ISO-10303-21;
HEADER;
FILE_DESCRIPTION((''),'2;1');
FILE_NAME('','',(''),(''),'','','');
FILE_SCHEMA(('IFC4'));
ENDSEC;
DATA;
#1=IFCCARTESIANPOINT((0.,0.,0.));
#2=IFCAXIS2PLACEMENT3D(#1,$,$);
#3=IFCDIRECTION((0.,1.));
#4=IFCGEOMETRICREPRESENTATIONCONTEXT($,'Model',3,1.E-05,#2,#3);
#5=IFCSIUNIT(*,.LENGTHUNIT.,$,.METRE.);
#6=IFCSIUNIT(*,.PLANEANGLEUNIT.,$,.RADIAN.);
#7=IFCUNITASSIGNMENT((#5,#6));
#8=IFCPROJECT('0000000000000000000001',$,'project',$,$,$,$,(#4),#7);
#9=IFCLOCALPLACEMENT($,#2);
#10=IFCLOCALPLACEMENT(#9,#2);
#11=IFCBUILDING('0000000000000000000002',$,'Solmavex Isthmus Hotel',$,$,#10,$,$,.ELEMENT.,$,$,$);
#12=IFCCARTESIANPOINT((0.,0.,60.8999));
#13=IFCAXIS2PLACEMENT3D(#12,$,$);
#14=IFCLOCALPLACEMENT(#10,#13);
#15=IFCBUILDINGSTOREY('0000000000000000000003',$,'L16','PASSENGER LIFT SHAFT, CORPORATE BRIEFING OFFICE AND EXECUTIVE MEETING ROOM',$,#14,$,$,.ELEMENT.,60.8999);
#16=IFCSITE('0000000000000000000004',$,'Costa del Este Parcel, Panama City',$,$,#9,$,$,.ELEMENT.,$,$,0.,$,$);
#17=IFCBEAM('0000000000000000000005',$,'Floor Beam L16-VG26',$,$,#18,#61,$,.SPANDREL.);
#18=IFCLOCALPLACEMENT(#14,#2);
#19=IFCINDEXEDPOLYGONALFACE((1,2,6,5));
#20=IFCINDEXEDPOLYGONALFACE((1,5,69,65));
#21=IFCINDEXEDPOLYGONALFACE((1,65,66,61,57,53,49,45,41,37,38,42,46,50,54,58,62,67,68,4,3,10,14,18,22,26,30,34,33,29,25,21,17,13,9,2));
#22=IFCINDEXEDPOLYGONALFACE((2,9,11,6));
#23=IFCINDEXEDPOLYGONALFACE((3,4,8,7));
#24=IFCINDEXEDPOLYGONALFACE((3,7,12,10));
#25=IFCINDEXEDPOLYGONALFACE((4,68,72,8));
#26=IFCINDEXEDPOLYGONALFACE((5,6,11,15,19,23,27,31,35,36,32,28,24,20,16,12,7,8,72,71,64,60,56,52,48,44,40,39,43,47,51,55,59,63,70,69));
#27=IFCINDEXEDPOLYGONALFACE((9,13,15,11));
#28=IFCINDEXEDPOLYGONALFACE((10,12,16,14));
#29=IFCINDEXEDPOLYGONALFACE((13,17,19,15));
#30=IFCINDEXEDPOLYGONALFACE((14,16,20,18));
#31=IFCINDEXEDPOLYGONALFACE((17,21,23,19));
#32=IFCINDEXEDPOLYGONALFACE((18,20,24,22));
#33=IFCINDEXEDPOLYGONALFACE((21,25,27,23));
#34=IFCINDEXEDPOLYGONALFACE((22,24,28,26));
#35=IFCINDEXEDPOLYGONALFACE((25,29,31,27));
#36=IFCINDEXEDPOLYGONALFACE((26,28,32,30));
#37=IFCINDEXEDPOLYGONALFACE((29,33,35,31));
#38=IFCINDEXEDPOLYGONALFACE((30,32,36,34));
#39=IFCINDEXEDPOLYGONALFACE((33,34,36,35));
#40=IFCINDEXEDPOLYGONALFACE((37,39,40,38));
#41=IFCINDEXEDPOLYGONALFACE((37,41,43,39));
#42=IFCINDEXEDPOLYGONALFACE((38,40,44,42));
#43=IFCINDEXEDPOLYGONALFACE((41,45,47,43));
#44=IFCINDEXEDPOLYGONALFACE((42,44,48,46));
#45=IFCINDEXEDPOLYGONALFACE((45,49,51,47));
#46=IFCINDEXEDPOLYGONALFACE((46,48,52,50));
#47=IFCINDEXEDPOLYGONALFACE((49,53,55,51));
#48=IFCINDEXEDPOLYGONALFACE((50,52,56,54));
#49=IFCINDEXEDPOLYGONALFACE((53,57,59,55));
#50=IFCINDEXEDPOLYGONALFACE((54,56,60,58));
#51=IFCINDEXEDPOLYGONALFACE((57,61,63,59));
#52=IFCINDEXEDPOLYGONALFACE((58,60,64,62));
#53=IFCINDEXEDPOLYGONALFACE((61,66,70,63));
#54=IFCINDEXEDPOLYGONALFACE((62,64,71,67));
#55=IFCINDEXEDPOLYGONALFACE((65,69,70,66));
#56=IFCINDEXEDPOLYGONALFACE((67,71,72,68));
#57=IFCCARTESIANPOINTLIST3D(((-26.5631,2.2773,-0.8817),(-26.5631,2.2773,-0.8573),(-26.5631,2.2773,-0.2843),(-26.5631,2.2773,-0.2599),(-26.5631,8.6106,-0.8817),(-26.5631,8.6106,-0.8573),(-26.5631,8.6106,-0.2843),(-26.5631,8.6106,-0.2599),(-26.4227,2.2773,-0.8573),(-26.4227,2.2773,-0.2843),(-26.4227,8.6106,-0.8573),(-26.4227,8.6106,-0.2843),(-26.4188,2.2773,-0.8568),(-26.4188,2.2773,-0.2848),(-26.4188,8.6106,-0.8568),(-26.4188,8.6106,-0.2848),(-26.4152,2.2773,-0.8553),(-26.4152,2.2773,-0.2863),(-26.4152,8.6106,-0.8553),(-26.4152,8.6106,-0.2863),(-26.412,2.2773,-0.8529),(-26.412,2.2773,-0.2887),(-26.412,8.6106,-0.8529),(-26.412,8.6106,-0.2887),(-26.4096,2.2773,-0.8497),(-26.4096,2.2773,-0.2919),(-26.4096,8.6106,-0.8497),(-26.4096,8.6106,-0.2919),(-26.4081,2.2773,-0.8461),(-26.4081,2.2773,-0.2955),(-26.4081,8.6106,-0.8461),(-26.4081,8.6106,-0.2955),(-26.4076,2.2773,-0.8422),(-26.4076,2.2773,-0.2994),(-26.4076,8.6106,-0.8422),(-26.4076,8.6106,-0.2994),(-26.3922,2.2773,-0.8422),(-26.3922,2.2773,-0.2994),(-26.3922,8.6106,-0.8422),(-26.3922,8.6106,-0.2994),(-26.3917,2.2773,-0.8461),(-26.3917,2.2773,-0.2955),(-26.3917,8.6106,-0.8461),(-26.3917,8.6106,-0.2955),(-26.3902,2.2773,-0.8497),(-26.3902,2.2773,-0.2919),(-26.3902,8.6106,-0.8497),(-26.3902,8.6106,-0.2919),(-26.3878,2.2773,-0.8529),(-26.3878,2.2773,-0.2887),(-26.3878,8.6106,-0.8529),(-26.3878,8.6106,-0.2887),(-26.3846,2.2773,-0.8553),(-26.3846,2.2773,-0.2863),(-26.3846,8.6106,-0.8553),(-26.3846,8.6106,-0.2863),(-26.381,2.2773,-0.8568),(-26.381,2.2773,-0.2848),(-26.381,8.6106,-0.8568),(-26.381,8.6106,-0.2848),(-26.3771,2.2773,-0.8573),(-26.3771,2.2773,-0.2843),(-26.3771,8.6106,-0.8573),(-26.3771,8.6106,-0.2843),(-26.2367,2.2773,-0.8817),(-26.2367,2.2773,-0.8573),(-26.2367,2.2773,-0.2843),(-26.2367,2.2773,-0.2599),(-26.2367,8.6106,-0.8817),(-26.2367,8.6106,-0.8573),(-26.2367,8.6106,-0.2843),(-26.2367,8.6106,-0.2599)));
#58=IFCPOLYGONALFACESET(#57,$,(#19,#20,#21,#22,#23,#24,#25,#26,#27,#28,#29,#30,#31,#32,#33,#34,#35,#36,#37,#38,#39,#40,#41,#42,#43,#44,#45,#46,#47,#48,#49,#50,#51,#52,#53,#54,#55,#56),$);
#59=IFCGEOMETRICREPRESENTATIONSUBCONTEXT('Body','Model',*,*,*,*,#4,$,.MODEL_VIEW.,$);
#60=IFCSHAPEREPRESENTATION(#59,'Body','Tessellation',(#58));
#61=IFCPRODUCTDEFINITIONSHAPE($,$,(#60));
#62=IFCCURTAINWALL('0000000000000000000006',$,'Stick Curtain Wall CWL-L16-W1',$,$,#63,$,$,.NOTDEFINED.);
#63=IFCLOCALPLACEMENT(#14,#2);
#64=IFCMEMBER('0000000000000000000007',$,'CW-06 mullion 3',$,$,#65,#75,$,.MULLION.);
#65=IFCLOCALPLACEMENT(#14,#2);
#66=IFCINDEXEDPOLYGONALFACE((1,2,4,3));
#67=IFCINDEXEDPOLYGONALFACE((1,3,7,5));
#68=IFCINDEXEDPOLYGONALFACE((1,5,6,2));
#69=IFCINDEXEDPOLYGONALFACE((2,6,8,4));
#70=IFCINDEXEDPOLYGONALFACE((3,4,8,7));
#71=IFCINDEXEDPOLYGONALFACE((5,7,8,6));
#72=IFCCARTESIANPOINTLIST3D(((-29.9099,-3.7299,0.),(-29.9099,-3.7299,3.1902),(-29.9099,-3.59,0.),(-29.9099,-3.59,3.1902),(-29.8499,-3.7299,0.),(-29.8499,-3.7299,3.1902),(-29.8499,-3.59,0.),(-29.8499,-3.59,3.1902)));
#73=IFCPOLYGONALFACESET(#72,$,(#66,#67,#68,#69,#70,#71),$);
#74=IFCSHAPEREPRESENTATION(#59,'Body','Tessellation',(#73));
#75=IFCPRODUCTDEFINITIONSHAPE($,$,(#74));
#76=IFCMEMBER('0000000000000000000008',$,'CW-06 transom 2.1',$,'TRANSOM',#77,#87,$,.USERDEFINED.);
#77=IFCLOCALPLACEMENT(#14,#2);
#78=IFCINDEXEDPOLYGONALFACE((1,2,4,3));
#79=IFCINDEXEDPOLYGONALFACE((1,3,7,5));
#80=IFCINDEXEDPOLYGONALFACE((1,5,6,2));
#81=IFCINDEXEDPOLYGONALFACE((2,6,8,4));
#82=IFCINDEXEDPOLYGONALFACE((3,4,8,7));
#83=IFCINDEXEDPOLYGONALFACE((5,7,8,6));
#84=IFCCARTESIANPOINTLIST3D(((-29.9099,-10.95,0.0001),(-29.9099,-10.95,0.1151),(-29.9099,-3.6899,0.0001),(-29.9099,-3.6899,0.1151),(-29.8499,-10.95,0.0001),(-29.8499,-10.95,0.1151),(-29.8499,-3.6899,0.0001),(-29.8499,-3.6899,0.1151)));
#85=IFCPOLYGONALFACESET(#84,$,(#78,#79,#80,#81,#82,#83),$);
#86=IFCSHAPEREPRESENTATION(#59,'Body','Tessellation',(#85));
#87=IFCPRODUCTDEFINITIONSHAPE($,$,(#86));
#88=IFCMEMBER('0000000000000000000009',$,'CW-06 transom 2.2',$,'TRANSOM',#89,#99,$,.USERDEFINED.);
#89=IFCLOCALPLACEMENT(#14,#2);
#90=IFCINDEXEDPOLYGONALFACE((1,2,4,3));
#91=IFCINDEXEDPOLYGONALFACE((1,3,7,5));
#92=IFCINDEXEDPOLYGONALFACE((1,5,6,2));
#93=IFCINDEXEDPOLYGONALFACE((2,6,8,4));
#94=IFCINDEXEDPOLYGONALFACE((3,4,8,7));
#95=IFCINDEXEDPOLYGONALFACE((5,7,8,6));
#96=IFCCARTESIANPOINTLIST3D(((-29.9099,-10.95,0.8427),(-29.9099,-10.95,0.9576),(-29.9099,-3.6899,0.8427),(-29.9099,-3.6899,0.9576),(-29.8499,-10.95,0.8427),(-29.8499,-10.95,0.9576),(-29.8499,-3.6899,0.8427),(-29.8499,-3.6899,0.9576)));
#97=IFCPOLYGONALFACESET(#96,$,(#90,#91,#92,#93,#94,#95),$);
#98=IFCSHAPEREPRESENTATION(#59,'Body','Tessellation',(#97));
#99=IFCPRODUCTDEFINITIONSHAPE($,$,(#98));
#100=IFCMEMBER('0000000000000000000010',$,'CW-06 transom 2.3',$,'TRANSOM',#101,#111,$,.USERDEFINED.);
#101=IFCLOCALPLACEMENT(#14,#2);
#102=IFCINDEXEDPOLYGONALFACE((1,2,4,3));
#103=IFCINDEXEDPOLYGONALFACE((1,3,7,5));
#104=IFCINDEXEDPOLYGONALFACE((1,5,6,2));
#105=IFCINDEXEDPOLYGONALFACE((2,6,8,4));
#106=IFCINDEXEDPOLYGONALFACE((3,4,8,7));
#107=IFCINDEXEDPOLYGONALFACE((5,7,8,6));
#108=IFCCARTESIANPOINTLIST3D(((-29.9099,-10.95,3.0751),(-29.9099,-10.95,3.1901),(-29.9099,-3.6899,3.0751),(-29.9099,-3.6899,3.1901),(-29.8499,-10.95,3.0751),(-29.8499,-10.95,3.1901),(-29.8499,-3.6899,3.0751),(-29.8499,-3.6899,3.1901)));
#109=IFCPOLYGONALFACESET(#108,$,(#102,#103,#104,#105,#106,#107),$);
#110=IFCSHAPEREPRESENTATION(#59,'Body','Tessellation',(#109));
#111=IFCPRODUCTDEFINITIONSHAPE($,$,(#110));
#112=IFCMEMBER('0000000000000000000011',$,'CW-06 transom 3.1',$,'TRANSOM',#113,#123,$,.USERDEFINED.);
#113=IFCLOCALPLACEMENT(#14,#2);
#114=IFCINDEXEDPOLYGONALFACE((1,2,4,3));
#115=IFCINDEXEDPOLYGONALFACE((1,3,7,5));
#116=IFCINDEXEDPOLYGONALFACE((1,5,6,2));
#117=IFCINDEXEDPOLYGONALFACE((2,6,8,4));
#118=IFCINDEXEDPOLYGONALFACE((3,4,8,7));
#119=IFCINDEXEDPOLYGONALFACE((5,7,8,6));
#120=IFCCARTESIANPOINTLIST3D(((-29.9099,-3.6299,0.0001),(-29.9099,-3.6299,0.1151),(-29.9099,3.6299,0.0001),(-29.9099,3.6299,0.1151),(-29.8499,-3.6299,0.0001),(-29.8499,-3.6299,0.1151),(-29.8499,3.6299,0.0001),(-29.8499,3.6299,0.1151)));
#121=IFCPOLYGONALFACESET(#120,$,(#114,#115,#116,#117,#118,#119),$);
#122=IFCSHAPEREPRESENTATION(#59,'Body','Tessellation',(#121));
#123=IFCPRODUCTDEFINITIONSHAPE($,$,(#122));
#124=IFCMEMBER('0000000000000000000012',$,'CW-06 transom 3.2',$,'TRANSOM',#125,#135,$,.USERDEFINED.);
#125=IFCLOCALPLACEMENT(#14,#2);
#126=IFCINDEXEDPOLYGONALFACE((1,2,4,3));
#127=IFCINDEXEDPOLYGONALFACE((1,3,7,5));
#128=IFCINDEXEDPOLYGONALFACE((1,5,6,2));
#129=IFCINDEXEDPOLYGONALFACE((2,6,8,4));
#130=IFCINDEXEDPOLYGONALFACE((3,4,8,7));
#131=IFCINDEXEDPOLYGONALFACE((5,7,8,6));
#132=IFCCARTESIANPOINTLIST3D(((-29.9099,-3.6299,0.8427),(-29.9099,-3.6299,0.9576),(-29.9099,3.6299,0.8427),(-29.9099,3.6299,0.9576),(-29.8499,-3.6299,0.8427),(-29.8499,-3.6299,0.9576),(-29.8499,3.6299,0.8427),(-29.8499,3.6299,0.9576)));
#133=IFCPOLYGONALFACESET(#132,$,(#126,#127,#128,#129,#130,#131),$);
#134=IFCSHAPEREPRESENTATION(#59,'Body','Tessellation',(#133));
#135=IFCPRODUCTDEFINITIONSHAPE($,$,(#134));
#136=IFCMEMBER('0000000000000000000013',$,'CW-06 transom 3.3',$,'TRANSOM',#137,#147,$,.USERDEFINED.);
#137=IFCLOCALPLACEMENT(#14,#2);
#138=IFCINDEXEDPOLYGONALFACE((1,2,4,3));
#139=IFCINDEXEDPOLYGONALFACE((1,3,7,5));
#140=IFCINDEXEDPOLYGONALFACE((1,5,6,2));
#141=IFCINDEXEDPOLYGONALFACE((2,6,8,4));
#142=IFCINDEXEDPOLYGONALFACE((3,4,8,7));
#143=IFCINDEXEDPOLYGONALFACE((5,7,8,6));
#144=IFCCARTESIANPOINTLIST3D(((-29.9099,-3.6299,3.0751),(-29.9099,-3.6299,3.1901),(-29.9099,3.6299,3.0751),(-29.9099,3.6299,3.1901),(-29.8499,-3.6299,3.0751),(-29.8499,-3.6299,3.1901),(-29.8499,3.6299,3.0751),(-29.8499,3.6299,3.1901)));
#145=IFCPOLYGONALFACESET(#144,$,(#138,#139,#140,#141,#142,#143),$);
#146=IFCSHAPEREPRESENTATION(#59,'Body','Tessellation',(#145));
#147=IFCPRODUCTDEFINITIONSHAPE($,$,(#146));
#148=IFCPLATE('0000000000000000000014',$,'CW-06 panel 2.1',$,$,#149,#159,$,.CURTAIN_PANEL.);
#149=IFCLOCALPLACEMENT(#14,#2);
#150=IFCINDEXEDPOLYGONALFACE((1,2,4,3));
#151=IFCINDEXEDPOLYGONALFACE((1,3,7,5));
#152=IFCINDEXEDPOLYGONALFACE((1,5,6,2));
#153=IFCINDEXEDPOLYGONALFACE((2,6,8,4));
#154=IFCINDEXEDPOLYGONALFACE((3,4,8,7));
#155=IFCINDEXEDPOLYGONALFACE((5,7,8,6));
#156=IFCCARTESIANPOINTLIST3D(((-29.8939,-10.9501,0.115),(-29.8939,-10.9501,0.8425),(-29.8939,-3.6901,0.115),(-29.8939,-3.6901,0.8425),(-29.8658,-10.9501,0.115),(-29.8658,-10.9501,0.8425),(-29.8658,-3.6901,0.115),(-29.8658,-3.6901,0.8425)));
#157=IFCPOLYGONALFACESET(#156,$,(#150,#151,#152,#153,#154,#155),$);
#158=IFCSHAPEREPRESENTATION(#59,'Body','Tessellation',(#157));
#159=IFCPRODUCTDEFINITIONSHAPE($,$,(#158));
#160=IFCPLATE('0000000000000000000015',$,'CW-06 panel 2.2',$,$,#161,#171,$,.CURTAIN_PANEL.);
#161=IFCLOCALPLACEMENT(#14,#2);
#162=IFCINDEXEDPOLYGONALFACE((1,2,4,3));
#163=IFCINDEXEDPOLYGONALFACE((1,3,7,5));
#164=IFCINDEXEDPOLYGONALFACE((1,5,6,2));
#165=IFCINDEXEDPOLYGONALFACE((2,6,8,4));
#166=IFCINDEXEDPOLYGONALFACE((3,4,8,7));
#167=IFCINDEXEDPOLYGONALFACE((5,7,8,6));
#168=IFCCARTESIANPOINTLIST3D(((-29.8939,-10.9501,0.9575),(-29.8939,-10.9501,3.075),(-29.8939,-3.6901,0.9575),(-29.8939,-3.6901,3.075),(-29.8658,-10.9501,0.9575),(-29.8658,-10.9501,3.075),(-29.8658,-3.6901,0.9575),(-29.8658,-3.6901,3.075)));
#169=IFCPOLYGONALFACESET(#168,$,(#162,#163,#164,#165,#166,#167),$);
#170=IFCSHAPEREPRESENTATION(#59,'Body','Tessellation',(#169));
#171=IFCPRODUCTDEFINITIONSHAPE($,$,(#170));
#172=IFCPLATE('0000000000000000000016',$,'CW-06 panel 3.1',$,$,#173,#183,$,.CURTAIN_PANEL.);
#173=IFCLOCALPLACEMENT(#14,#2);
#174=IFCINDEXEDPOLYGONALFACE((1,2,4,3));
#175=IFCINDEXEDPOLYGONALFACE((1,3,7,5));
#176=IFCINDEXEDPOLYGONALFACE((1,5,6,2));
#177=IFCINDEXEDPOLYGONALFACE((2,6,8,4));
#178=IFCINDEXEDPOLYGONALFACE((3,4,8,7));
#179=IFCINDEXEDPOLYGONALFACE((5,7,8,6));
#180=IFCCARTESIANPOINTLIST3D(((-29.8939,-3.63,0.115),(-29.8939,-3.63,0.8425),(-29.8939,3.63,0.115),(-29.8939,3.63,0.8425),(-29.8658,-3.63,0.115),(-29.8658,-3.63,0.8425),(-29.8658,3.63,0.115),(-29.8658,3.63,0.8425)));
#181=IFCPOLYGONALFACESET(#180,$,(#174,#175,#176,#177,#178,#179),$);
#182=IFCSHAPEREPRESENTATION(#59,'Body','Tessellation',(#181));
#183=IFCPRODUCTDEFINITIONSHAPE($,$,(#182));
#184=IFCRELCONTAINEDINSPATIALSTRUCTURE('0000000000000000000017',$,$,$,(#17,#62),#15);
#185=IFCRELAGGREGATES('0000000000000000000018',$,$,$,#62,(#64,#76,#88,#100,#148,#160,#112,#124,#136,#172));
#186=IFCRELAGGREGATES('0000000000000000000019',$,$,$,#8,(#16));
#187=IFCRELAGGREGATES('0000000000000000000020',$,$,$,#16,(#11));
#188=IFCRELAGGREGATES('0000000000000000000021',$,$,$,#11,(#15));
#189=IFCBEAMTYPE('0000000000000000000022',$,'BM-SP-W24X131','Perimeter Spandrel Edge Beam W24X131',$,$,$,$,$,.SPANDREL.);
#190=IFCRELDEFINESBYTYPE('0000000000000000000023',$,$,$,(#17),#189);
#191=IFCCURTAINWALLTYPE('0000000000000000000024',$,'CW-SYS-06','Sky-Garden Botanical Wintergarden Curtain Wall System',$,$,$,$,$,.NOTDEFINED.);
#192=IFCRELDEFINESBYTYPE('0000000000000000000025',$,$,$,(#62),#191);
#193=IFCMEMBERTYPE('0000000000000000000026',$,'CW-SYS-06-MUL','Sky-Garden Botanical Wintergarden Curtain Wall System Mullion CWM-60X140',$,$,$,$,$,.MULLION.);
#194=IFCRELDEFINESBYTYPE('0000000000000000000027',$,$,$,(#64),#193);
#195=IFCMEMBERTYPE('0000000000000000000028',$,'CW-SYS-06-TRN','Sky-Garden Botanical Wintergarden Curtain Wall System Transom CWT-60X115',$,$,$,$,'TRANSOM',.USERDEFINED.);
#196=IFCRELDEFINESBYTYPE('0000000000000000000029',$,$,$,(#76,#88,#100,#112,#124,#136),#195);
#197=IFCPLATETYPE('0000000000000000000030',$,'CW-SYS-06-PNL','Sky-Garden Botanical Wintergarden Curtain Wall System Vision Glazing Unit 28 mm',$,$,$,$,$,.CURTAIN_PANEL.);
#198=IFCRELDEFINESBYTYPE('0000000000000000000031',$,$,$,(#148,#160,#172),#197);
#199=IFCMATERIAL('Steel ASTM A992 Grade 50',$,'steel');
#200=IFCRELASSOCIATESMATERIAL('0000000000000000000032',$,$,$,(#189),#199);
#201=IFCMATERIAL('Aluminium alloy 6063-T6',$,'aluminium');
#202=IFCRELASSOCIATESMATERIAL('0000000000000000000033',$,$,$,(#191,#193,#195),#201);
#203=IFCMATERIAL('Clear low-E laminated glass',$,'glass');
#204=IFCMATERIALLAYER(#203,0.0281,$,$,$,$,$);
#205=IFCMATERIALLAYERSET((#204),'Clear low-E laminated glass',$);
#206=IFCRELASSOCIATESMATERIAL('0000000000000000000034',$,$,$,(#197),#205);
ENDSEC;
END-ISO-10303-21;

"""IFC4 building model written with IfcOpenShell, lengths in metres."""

from ifc_helpers import new_model, si_unit, direction, frame, origin, origin_2d, place, context, subcontext, project, spatial, rectangle, i_section, extrude, material, layer, layer_set, material_profile, profile_set, type_object, element, aggregate, save


model = new_model("IFC4")

# Units and contexts
model_context = context("Model", 3, precision=1e-05, world=origin(), true_north=direction((0.0, 1.0)))
body_context = subcontext(model_context, "Body", "Model", "MODEL_VIEW")
ifc_project = project(units=[si_unit("LENGTHUNIT", "METRE"), si_unit("PLANEANGLEUNIT", "RADIAN")], contexts=[model_context])

# Site, building, storey
site_placement = place(None, origin())
site = spatial("IfcSite", under=ifc_project, at=site_placement, Name="Costa del Este Parcel, Panama City", CompositionType="ELEMENT", RefElevation=0.0)
building_placement = place(site_placement, origin())
building = spatial("IfcBuilding", under=site, at=building_placement, Name="Solmavex Isthmus Hotel", CompositionType="ELEMENT")
storey_placement = place(building_placement, frame((0.0, 0.0, 60.8999)))
storey = spatial("IfcBuildingStorey", under=building, at=storey_placement, Name="L16", Description="PASSENGER LIFT SHAFT, CORPORATE BRIEFING OFFICE AND EXECUTIVE MEETING ROOM", CompositionType="ELEMENT", Elevation=60.8999)

# Beam
ifc_material_1 = material(Name="Steel ASTM A992 Grade 50", Category="steel")
ifc_material_profile_1 = material_profile(ifc_material_1, i_section(OverallWidth=0.3264, OverallDepth=0.6218, WebThickness=0.0154, FlangeThickness=0.0244, FilletRadius=0.0151, at=origin_2d()), Name="W24X131")
ifc_profile_set_1 = profile_set([ifc_material_profile_1], Name="Steel ASTM A992 Grade 50")
beam_type_1 = type_object("IfcBeamType", Name="BM-SP-W24X131", Description="Perimeter Spandrel Edge Beam W24X131", PredefinedType="SPANDREL", material=ifc_profile_set_1)
beam_1_placement = place(storey_placement, frame((-26.3999, 2.2773, -0.5708), z_axis=(0.0, 1.0, 0.0), x_axis=(-1.0, 0.0, 0.0)))
element("IfcBeam", 1, at=beam_1_placement, inside=storey, type_object=beam_type_1, Name="Floor Beam L16-VG26", PredefinedType="SPANDREL", context=body_context, shape_type="SweptSolid", body=[
    extrude(i_section(OverallWidth=0.3264, OverallDepth=0.6218, WebThickness=0.0154, FlangeThickness=0.0244, FilletRadius=0.0151, at=origin_2d()), origin(), (0.0, 0.0, 1.0), 6.3333),
])

# Curtain wall, members, plates
ifc_material_2 = material(Name="Aluminium alloy 6063-T6", Category="aluminium")
curtain_wall_type = type_object("IfcCurtainWallType", Name="CW-SYS-06", Description="Sky-Garden Botanical Wintergarden Curtain Wall System", PredefinedType="NOTDEFINED", material=ifc_material_2)
curtain_wall_placement = place(storey_placement, origin())
curtain_wall = element("IfcCurtainWall", 2, at=curtain_wall_placement, inside=storey, type_object=curtain_wall_type, Name="Stick Curtain Wall CWL-L16-W1", PredefinedType="NOTDEFINED")
ifc_material_profile_2 = material_profile(ifc_material_2, rectangle(XDim=0.0601, YDim=0.1399, at=origin_2d()), Name="CWM-60X140")
ifc_profile_set_2 = profile_set([ifc_material_profile_2], Name="Aluminium alloy 6063-T6")
member_type_1 = type_object("IfcMemberType", Name="CW-SYS-06-MUL", Description="Sky-Garden Botanical Wintergarden Curtain Wall System Mullion CWM-60X140", PredefinedType="MULLION", material=ifc_profile_set_2)
member_1_placement = place(storey_placement, frame((-29.8799, -3.6599, 0.0), z_axis=(0.0, 0.0, 1.0), x_axis=(-1.0, 0.0, 0.0)))
member_1 = element("IfcMember", 3, at=member_1_placement, type_object=member_type_1, Name="CW-06 mullion 3", PredefinedType="MULLION", context=body_context, shape_type="SweptSolid", body=[
    extrude(rectangle(XDim=0.0601, YDim=0.1399, at=origin_2d()), origin(), (0.0, 0.0, 1.0), 3.1902),
])
ifc_material_profile_3 = material_profile(ifc_material_2, rectangle(XDim=0.0601, YDim=0.115, at=origin_2d()), Name="CWT-60X115")
ifc_profile_set_3 = profile_set([ifc_material_profile_3], Name="Aluminium alloy 6063-T6")
member_type_2 = type_object("IfcMemberType", Name="CW-SYS-06-TRN", Description="Sky-Garden Botanical Wintergarden Curtain Wall System Transom CWT-60X115", ElementType="TRANSOM", PredefinedType="USERDEFINED", material=ifc_profile_set_3)
member_2_placement = place(storey_placement, frame((-29.8799, -10.95, 0.0576), z_axis=(0.0, 1.0, 0.0), x_axis=(-1.0, 0.0, 0.0)))
member_2 = element("IfcMember", 4, at=member_2_placement, type_object=member_type_2, Name="CW-06 transom 2.1", ObjectType="TRANSOM", PredefinedType="USERDEFINED", context=body_context, shape_type="SweptSolid", body=[
    extrude(rectangle(XDim=0.0601, YDim=0.115, at=origin_2d()), origin(), (0.0, 0.0, 1.0), 7.26),
])
member_3_placement = place(storey_placement, frame((-29.8799, -10.95, 0.9001), z_axis=(0.0, 1.0, 0.0), x_axis=(-1.0, 0.0, 0.0)))
member_3 = element("IfcMember", 5, at=member_3_placement, type_object=member_type_2, Name="CW-06 transom 2.2", ObjectType="TRANSOM", PredefinedType="USERDEFINED", context=body_context, shape_type="SweptSolid", body=[
    extrude(rectangle(XDim=0.0601, YDim=0.115, at=origin_2d()), origin(), (0.0, 0.0, 1.0), 7.26),
])
member_4_placement = place(storey_placement, frame((-29.8799, -10.95, 3.1326), z_axis=(0.0, 1.0, 0.0), x_axis=(-1.0, 0.0, 0.0)))
member_4 = element("IfcMember", 6, at=member_4_placement, type_object=member_type_2, Name="CW-06 transom 2.3", ObjectType="TRANSOM", PredefinedType="USERDEFINED", context=body_context, shape_type="SweptSolid", body=[
    extrude(rectangle(XDim=0.0601, YDim=0.115, at=origin_2d()), origin(), (0.0, 0.0, 1.0), 7.26),
])
member_5_placement = place(storey_placement, frame((-29.8799, -3.6299, 0.0576), z_axis=(0.0, 1.0, 0.0), x_axis=(-1.0, 0.0, 0.0)))
member_5 = element("IfcMember", 7, at=member_5_placement, type_object=member_type_2, Name="CW-06 transom 3.1", ObjectType="TRANSOM", PredefinedType="USERDEFINED", context=body_context, shape_type="SweptSolid", body=[
    extrude(rectangle(XDim=0.0601, YDim=0.115, at=origin_2d()), origin(), (0.0, 0.0, 1.0), 7.2598),
])
member_6_placement = place(storey_placement, frame((-29.8799, -3.6299, 0.9001), z_axis=(0.0, 1.0, 0.0), x_axis=(-1.0, 0.0, 0.0)))
member_6 = element("IfcMember", 8, at=member_6_placement, type_object=member_type_2, Name="CW-06 transom 3.2", ObjectType="TRANSOM", PredefinedType="USERDEFINED", context=body_context, shape_type="SweptSolid", body=[
    extrude(rectangle(XDim=0.0601, YDim=0.115, at=origin_2d()), origin(), (0.0, 0.0, 1.0), 7.2598),
])
member_7_placement = place(storey_placement, frame((-29.8799, -3.6299, 3.1326), z_axis=(0.0, 1.0, 0.0), x_axis=(-1.0, 0.0, 0.0)))
member_7 = element("IfcMember", 9, at=member_7_placement, type_object=member_type_2, Name="CW-06 transom 3.3", ObjectType="TRANSOM", PredefinedType="USERDEFINED", context=body_context, shape_type="SweptSolid", body=[
    extrude(rectangle(XDim=0.0601, YDim=0.115, at=origin_2d()), origin(), (0.0, 0.0, 1.0), 7.2598),
])
ifc_material_3 = material(Name="Clear low-E laminated glass", Category="glass")
ifc_layer_1 = layer(ifc_material_3, 0.0281)
ifc_layer_set_1 = layer_set([ifc_layer_1], Name="Clear low-E laminated glass")
plate_type = type_object("IfcPlateType", Name="CW-SYS-06-PNL", Description="Sky-Garden Botanical Wintergarden Curtain Wall System Vision Glazing Unit 28 mm", PredefinedType="CURTAIN_PANEL", material=ifc_layer_set_1)
plate_1_placement = place(storey_placement, frame((-29.8799, -7.3201, 0.115), z_axis=(0.0, 0.0, 1.0), x_axis=(0.0, 1.0, 0.0)))
plate_1 = element("IfcPlate", 10, at=plate_1_placement, type_object=plate_type, Name="CW-06 panel 2.1", PredefinedType="CURTAIN_PANEL", context=body_context, shape_type="SweptSolid", body=[
    extrude(rectangle(XDim=7.26, YDim=0.0281, at=origin_2d()), origin(), (0.0, 0.0, 1.0), 0.7275),
])
plate_2_placement = place(storey_placement, frame((-29.8799, -7.3201, 0.9575), z_axis=(0.0, 0.0, 1.0), x_axis=(0.0, 1.0, 0.0)))
plate_2 = element("IfcPlate", 11, at=plate_2_placement, type_object=plate_type, Name="CW-06 panel 2.2", PredefinedType="CURTAIN_PANEL", context=body_context, shape_type="SweptSolid", body=[
    extrude(rectangle(XDim=7.26, YDim=0.0281, at=origin_2d()), origin(), (0.0, 0.0, 1.0), 2.1174),
])
plate_3_placement = place(storey_placement, frame((-29.8799, 0.0, 0.115), z_axis=(0.0, 0.0, 1.0), x_axis=(0.0, 1.0, 0.0)))
plate_3 = element("IfcPlate", 12, at=plate_3_placement, type_object=plate_type, Name="CW-06 panel 3.1", PredefinedType="CURTAIN_PANEL", context=body_context, shape_type="SweptSolid", body=[
    extrude(rectangle(XDim=7.26, YDim=0.0281, at=origin_2d()), origin(), (0.0, 0.0, 1.0), 0.7275),
])
aggregate(curtain_wall, [member_1, member_2, member_3, member_4, plate_1, plate_2, member_5, member_6, member_7, plate_3])

save(model, "model.ifc")
